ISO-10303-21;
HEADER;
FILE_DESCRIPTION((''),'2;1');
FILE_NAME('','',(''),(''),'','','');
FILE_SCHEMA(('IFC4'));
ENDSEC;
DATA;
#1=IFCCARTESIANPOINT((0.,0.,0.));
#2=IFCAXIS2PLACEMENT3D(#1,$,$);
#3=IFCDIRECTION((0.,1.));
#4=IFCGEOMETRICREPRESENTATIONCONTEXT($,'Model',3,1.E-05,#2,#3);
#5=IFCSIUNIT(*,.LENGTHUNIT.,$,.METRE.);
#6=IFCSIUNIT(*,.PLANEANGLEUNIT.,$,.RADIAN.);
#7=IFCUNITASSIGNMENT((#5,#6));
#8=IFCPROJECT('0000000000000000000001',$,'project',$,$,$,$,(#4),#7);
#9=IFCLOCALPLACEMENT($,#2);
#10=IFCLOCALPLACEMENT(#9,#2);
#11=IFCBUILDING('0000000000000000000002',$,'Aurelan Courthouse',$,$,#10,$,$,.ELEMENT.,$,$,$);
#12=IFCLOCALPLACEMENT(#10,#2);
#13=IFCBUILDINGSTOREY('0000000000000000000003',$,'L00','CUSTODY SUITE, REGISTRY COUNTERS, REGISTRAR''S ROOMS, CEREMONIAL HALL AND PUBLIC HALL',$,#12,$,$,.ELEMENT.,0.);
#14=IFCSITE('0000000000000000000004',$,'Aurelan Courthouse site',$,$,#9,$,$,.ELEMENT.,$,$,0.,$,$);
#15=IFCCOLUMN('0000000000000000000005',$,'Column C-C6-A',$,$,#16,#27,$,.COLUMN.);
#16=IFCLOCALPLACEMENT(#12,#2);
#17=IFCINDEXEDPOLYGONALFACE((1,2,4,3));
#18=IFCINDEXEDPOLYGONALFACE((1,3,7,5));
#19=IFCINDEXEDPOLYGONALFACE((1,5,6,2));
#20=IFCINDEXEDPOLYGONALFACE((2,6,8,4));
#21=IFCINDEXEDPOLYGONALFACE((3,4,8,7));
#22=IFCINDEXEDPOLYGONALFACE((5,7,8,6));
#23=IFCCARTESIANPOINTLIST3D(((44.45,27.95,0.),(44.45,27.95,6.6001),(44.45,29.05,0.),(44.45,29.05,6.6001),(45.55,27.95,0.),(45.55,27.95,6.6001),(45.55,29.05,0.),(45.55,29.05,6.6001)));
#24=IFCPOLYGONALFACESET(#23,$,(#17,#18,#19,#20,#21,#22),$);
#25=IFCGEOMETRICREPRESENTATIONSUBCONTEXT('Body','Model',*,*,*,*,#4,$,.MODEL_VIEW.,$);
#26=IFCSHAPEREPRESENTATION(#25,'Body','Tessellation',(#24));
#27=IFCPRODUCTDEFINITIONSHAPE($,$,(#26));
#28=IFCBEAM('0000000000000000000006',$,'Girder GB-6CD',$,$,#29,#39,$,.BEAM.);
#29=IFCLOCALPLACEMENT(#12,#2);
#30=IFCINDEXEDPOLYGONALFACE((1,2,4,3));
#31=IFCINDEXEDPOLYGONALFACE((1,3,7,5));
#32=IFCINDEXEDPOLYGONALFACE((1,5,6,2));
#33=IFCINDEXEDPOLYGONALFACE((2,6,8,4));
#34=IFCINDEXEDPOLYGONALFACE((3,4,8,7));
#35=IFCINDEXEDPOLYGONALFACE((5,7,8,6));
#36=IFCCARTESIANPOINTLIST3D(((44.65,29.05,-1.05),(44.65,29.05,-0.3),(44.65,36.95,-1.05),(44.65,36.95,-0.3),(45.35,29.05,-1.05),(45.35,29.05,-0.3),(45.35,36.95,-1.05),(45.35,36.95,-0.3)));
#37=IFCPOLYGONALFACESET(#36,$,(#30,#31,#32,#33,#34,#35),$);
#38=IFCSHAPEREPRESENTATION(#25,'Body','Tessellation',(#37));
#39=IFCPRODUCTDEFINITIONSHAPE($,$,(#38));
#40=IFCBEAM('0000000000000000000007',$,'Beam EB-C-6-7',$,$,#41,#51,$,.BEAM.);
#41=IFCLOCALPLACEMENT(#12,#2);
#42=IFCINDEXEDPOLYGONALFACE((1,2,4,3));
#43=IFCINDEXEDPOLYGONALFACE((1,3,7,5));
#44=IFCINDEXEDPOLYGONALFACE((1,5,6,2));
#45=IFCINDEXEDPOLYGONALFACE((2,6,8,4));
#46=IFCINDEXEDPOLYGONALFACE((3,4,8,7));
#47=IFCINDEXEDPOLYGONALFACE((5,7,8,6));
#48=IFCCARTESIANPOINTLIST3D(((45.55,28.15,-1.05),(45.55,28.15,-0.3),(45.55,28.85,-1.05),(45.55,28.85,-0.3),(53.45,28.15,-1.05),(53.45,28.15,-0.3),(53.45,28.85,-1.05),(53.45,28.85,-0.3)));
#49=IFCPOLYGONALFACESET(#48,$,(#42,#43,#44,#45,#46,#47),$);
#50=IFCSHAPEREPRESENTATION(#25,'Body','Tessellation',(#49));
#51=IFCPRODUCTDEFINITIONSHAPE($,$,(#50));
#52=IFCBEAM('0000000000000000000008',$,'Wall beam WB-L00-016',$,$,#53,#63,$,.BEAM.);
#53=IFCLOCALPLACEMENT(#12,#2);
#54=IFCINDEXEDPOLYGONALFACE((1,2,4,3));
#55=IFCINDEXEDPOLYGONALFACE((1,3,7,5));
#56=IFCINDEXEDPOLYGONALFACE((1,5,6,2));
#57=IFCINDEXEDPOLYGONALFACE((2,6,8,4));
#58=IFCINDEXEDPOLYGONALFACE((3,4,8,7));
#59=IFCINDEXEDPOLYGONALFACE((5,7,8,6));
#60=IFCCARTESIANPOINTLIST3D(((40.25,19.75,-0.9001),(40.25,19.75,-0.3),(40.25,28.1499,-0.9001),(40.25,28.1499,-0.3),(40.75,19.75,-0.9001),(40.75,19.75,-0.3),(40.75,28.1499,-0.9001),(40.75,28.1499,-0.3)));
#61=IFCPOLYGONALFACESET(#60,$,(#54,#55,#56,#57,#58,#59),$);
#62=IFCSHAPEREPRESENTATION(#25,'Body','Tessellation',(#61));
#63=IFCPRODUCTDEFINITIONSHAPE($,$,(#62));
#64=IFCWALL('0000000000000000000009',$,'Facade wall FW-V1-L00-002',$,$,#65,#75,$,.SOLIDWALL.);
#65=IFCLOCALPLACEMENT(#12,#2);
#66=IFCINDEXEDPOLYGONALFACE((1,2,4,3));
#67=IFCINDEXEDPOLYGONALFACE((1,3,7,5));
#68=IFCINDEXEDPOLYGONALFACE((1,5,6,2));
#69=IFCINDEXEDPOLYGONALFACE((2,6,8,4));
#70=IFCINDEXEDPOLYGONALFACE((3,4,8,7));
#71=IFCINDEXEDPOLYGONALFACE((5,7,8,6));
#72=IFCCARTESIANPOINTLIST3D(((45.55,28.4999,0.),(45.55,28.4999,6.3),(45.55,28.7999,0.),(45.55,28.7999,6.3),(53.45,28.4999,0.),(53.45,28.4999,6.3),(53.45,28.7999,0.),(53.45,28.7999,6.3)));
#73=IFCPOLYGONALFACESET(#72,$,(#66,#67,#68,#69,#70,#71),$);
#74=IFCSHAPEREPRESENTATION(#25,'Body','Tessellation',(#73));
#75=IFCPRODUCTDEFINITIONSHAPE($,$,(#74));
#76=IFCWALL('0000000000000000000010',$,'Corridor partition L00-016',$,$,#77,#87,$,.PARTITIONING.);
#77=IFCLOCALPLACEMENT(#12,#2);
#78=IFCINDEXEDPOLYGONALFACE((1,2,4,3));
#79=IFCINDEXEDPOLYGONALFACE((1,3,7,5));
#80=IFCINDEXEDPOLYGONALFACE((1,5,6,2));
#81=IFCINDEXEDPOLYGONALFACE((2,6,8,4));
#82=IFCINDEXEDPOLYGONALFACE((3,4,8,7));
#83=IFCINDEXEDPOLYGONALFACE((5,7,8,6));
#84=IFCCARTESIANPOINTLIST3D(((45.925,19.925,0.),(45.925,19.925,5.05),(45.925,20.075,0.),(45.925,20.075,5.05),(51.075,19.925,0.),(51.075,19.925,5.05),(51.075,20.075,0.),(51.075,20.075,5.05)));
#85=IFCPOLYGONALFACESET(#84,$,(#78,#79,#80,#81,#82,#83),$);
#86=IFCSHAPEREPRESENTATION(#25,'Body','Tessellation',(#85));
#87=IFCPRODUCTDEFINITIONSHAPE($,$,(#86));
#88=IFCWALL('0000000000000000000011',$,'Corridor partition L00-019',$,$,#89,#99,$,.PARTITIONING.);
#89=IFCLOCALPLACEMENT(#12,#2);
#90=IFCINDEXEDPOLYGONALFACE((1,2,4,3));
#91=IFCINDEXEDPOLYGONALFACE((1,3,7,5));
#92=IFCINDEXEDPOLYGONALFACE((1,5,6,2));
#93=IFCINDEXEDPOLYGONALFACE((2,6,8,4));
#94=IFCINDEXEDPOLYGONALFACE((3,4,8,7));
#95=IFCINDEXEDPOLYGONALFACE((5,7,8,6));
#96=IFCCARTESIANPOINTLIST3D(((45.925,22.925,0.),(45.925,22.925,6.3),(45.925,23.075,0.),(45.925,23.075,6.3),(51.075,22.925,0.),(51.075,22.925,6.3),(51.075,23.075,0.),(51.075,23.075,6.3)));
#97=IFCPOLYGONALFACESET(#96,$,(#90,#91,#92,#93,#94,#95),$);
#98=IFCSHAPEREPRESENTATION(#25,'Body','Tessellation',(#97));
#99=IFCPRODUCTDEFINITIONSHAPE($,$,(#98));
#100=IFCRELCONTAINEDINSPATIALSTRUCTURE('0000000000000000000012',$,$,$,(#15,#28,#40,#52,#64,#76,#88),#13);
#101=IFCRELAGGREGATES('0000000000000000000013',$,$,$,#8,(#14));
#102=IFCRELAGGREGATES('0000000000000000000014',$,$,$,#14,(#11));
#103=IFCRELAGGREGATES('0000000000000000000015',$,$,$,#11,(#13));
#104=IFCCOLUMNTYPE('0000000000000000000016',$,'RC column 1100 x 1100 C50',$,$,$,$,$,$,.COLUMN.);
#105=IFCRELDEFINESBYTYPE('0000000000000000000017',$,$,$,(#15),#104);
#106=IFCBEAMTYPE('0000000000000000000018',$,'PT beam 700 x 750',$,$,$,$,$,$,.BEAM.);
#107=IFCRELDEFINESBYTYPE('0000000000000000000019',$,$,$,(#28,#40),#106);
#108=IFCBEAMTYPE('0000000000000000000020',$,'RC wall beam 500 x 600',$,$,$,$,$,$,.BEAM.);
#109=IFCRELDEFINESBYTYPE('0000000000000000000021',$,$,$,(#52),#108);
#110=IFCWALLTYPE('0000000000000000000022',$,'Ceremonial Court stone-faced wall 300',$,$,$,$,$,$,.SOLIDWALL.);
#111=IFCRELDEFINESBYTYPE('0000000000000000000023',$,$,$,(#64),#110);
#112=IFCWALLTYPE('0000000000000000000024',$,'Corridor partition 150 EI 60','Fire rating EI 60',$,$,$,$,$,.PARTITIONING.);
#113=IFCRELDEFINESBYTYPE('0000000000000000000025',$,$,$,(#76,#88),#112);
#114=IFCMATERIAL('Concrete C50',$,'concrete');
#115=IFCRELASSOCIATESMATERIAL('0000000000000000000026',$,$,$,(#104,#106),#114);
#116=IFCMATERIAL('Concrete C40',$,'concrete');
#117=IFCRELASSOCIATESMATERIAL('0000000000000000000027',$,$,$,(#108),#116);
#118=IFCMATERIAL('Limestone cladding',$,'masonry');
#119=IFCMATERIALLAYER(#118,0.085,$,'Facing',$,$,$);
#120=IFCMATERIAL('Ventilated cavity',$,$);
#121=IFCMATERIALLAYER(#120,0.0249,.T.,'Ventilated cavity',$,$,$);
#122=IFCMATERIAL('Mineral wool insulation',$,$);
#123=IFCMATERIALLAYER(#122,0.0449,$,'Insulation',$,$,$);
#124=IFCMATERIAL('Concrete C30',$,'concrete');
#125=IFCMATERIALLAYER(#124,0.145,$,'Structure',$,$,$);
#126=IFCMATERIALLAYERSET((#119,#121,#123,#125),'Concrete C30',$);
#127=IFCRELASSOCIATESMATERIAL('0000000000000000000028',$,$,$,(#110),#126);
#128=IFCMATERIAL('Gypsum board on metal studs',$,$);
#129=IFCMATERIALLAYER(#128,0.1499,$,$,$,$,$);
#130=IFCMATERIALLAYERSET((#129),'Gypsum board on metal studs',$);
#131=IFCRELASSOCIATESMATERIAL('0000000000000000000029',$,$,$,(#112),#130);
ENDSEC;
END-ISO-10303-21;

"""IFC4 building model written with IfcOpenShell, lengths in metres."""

from ifc_helpers import new_model, si_unit, direction, frame, frame_2d, origin, origin_2d, place, context, subcontext, project, spatial, rectangle, extrude, material, layer, layer_set, material_profile, profile_set, type_object, element, save


model = new_model("IFC4")

# Units and contexts
model_context = context("Model", 3, precision=1e-05, world=origin(), true_north=direction((0.0, 1.0)))
body_context = subcontext(model_context, "Body", "Model", "MODEL_VIEW")
ifc_project = project(units=[si_unit("LENGTHUNIT", "METRE"), si_unit("PLANEANGLEUNIT", "RADIAN")], contexts=[model_context])

# Site, building, storey
site_placement = place(None, origin())
site = spatial("IfcSite", under=ifc_project, at=site_placement, Name="Aurelan Courthouse site", CompositionType="ELEMENT", RefElevation=0.0)
building_placement = place(site_placement, origin())
building = spatial("IfcBuilding", under=site, at=building_placement, Name="Aurelan Courthouse", CompositionType="ELEMENT")
storey_placement = place(building_placement, origin())
storey = spatial("IfcBuildingStorey", under=building, at=storey_placement, Name="L00", Description="CUSTODY SUITE, REGISTRY COUNTERS, REGISTRAR'S ROOMS, CEREMONIAL HALL AND PUBLIC HALL", CompositionType="ELEMENT", Elevation=0.0)

# Column
ifc_material_1 = material(Name="Concrete C50", Category="concrete")
ifc_material_profile_1 = material_profile(ifc_material_1, rectangle(XDim=1.1001, YDim=1.1001, at=origin_2d()), Name="RC 1100 x 1100")
ifc_profile_set_1 = profile_set([ifc_material_profile_1], Name="Concrete C50")
column_type = type_object("IfcColumnType", Name="RC column 1100 x 1100 C50", PredefinedType="COLUMN", material=ifc_profile_set_1)
column_placement = place(storey_placement, frame((45.0, 28.5, 0.0), z_axis=(0.0, 0.0, 1.0), x_axis=(1.0, 0.0, 0.0)))
element("IfcColumn", 1, at=column_placement, inside=storey, type_object=column_type, Name="Column C-C6-A", PredefinedType="COLUMN", context=body_context, shape_type="SweptSolid", body=[
    extrude(rectangle(XDim=1.1001, YDim=1.1001, at=origin_2d()), origin(), (0.0, 0.0, 1.0), 6.6001),
])

# Beams
ifc_material_profile_2 = material_profile(ifc_material_1, rectangle(XDim=0.7, YDim=0.75, at=origin_2d()), Name="RC 700 x 750")
ifc_profile_set_2 = profile_set([ifc_material_profile_2], Name="Concrete C50")
beam_type_1 = type_object("IfcBeamType", Name="PT beam 700 x 750", PredefinedType="BEAM", material=ifc_profile_set_2)
for number, where, z_axis, x_axis, name in (
    (2, (45.0, 29.05, -0.675), (0.0, 1.0, 0.0), (-1.0, 0.0, 0.0), "Girder GB-6CD"),
    (3, (45.55, 28.5, -0.675), (1.0, 0.0, 0.0), (0.0, 1.0, 0.0), "Beam EB-C-6-7"),
):
    element("IfcBeam", number, at=place(storey_placement, frame(where, z_axis=z_axis, x_axis=x_axis)), inside=storey, type_object=beam_type_1, Name=name, PredefinedType="BEAM", context=body_context, shape_type="SweptSolid", body=[
        extrude(rectangle(XDim=0.7, YDim=0.75, at=origin_2d()), origin(), (0.0, 0.0, 1.0), 7.8999),
    ])
ifc_material_2 = material(Name="Concrete C40", Category="concrete")
ifc_material_profile_3 = material_profile(ifc_material_2, rectangle(XDim=0.5, YDim=0.6001, at=origin_2d()), Name="RC 500 x 600")
ifc_profile_set_3 = profile_set([ifc_material_profile_3], Name="Concrete C40")
beam_type_2 = type_object("IfcBeamType", Name="RC wall beam 500 x 600", PredefinedType="BEAM", material=ifc_profile_set_3)
beam_placement = place(storey_placement, frame((40.5, 19.75, -0.6001), z_axis=(0.0, 1.0, 0.0), x_axis=(-1.0, 0.0, 0.0)))
element("IfcBeam", 4, at=beam_placement, inside=storey, type_object=beam_type_2, Name="Wall beam WB-L00-016", PredefinedType="BEAM", context=body_context, shape_type="SweptSolid", body=[
    extrude(rectangle(XDim=0.5, YDim=0.6001, at=origin_2d()), origin(), (0.0, 0.0, 1.0), 8.3999),
])

# Walls
ifc_material_3 = material(Name="Limestone cladding", Category="masonry")
ifc_layer_1 = layer(ifc_material_3, 0.085, Name="Facing")
ifc_material_4 = material(Name="Ventilated cavity")
ifc_layer_2 = layer(ifc_material_4, 0.0249, ventilated=True, Name="Ventilated cavity")
ifc_material_5 = material(Name="Mineral wool insulation")
ifc_layer_3 = layer(ifc_material_5, 0.0449, Name="Insulation")
ifc_material_6 = material(Name="Concrete C30", Category="concrete")
ifc_layer_4 = layer(ifc_material_6, 0.145, Name="Structure")
ifc_layer_set_1 = layer_set([ifc_layer_1, ifc_layer_2, ifc_layer_3, ifc_layer_4], Name="Concrete C30")
wall_type_1 = type_object("IfcWallType", Name="Ceremonial Court stone-faced wall 300", PredefinedType="SOLIDWALL", material=ifc_layer_set_1)
wall_1_placement = place(storey_placement, frame((45.55, 28.6499, 0.0), z_axis=(0.0, 0.0, 1.0), x_axis=(1.0, 0.0, 0.0)))
element("IfcWall", 5, at=wall_1_placement, inside=storey, type_object=wall_type_1, Name="Facade wall FW-V1-L00-002", PredefinedType="SOLIDWALL", context=body_context, shape_type="SweptSolid", body=[
    extrude(rectangle(XDim=7.8999, YDim=0.3, at=frame_2d((3.95, 0.0))), origin(), (0.0, 0.0, 1.0), 6.3),
])
ifc_material_7 = material(Name="Gypsum board on metal studs")
ifc_layer_5 = layer(ifc_material_7, 0.1499)
ifc_layer_set_2 = layer_set([ifc_layer_5], Name="Gypsum board on metal studs")
wall_type_2 = type_object("IfcWallType", Name="Corridor partition 150 EI 60", Description="Fire rating EI 60", PredefinedType="PARTITIONING", material=ifc_layer_set_2)
wall_2_placement = place(storey_placement, frame((45.925, 20.0, 0.0), z_axis=(0.0, 0.0, 1.0), x_axis=(1.0, 0.0, 0.0)))
element("IfcWall", 6, at=wall_2_placement, inside=storey, type_object=wall_type_2, Name="Corridor partition L00-016", PredefinedType="PARTITIONING", context=body_context, shape_type="SweptSolid", body=[
    extrude(rectangle(XDim=5.1499, YDim=0.1499, at=frame_2d((2.575, 0.0))), origin(), (0.0, 0.0, 1.0), 5.05),
])
wall_3_placement = place(storey_placement, frame((45.925, 23.0, 0.0), z_axis=(0.0, 0.0, 1.0), x_axis=(1.0, 0.0, 0.0)))
element("IfcWall", 7, at=wall_3_placement, inside=storey, type_object=wall_type_2, Name="Corridor partition L00-019", PredefinedType="PARTITIONING", context=body_context, shape_type="SweptSolid", body=[
    extrude(rectangle(XDim=5.1499, YDim=0.1499, at=frame_2d((2.575, 0.0))), origin(), (0.0, 0.0, 1.0), 6.3),
])

save(model, "model.ifc")
